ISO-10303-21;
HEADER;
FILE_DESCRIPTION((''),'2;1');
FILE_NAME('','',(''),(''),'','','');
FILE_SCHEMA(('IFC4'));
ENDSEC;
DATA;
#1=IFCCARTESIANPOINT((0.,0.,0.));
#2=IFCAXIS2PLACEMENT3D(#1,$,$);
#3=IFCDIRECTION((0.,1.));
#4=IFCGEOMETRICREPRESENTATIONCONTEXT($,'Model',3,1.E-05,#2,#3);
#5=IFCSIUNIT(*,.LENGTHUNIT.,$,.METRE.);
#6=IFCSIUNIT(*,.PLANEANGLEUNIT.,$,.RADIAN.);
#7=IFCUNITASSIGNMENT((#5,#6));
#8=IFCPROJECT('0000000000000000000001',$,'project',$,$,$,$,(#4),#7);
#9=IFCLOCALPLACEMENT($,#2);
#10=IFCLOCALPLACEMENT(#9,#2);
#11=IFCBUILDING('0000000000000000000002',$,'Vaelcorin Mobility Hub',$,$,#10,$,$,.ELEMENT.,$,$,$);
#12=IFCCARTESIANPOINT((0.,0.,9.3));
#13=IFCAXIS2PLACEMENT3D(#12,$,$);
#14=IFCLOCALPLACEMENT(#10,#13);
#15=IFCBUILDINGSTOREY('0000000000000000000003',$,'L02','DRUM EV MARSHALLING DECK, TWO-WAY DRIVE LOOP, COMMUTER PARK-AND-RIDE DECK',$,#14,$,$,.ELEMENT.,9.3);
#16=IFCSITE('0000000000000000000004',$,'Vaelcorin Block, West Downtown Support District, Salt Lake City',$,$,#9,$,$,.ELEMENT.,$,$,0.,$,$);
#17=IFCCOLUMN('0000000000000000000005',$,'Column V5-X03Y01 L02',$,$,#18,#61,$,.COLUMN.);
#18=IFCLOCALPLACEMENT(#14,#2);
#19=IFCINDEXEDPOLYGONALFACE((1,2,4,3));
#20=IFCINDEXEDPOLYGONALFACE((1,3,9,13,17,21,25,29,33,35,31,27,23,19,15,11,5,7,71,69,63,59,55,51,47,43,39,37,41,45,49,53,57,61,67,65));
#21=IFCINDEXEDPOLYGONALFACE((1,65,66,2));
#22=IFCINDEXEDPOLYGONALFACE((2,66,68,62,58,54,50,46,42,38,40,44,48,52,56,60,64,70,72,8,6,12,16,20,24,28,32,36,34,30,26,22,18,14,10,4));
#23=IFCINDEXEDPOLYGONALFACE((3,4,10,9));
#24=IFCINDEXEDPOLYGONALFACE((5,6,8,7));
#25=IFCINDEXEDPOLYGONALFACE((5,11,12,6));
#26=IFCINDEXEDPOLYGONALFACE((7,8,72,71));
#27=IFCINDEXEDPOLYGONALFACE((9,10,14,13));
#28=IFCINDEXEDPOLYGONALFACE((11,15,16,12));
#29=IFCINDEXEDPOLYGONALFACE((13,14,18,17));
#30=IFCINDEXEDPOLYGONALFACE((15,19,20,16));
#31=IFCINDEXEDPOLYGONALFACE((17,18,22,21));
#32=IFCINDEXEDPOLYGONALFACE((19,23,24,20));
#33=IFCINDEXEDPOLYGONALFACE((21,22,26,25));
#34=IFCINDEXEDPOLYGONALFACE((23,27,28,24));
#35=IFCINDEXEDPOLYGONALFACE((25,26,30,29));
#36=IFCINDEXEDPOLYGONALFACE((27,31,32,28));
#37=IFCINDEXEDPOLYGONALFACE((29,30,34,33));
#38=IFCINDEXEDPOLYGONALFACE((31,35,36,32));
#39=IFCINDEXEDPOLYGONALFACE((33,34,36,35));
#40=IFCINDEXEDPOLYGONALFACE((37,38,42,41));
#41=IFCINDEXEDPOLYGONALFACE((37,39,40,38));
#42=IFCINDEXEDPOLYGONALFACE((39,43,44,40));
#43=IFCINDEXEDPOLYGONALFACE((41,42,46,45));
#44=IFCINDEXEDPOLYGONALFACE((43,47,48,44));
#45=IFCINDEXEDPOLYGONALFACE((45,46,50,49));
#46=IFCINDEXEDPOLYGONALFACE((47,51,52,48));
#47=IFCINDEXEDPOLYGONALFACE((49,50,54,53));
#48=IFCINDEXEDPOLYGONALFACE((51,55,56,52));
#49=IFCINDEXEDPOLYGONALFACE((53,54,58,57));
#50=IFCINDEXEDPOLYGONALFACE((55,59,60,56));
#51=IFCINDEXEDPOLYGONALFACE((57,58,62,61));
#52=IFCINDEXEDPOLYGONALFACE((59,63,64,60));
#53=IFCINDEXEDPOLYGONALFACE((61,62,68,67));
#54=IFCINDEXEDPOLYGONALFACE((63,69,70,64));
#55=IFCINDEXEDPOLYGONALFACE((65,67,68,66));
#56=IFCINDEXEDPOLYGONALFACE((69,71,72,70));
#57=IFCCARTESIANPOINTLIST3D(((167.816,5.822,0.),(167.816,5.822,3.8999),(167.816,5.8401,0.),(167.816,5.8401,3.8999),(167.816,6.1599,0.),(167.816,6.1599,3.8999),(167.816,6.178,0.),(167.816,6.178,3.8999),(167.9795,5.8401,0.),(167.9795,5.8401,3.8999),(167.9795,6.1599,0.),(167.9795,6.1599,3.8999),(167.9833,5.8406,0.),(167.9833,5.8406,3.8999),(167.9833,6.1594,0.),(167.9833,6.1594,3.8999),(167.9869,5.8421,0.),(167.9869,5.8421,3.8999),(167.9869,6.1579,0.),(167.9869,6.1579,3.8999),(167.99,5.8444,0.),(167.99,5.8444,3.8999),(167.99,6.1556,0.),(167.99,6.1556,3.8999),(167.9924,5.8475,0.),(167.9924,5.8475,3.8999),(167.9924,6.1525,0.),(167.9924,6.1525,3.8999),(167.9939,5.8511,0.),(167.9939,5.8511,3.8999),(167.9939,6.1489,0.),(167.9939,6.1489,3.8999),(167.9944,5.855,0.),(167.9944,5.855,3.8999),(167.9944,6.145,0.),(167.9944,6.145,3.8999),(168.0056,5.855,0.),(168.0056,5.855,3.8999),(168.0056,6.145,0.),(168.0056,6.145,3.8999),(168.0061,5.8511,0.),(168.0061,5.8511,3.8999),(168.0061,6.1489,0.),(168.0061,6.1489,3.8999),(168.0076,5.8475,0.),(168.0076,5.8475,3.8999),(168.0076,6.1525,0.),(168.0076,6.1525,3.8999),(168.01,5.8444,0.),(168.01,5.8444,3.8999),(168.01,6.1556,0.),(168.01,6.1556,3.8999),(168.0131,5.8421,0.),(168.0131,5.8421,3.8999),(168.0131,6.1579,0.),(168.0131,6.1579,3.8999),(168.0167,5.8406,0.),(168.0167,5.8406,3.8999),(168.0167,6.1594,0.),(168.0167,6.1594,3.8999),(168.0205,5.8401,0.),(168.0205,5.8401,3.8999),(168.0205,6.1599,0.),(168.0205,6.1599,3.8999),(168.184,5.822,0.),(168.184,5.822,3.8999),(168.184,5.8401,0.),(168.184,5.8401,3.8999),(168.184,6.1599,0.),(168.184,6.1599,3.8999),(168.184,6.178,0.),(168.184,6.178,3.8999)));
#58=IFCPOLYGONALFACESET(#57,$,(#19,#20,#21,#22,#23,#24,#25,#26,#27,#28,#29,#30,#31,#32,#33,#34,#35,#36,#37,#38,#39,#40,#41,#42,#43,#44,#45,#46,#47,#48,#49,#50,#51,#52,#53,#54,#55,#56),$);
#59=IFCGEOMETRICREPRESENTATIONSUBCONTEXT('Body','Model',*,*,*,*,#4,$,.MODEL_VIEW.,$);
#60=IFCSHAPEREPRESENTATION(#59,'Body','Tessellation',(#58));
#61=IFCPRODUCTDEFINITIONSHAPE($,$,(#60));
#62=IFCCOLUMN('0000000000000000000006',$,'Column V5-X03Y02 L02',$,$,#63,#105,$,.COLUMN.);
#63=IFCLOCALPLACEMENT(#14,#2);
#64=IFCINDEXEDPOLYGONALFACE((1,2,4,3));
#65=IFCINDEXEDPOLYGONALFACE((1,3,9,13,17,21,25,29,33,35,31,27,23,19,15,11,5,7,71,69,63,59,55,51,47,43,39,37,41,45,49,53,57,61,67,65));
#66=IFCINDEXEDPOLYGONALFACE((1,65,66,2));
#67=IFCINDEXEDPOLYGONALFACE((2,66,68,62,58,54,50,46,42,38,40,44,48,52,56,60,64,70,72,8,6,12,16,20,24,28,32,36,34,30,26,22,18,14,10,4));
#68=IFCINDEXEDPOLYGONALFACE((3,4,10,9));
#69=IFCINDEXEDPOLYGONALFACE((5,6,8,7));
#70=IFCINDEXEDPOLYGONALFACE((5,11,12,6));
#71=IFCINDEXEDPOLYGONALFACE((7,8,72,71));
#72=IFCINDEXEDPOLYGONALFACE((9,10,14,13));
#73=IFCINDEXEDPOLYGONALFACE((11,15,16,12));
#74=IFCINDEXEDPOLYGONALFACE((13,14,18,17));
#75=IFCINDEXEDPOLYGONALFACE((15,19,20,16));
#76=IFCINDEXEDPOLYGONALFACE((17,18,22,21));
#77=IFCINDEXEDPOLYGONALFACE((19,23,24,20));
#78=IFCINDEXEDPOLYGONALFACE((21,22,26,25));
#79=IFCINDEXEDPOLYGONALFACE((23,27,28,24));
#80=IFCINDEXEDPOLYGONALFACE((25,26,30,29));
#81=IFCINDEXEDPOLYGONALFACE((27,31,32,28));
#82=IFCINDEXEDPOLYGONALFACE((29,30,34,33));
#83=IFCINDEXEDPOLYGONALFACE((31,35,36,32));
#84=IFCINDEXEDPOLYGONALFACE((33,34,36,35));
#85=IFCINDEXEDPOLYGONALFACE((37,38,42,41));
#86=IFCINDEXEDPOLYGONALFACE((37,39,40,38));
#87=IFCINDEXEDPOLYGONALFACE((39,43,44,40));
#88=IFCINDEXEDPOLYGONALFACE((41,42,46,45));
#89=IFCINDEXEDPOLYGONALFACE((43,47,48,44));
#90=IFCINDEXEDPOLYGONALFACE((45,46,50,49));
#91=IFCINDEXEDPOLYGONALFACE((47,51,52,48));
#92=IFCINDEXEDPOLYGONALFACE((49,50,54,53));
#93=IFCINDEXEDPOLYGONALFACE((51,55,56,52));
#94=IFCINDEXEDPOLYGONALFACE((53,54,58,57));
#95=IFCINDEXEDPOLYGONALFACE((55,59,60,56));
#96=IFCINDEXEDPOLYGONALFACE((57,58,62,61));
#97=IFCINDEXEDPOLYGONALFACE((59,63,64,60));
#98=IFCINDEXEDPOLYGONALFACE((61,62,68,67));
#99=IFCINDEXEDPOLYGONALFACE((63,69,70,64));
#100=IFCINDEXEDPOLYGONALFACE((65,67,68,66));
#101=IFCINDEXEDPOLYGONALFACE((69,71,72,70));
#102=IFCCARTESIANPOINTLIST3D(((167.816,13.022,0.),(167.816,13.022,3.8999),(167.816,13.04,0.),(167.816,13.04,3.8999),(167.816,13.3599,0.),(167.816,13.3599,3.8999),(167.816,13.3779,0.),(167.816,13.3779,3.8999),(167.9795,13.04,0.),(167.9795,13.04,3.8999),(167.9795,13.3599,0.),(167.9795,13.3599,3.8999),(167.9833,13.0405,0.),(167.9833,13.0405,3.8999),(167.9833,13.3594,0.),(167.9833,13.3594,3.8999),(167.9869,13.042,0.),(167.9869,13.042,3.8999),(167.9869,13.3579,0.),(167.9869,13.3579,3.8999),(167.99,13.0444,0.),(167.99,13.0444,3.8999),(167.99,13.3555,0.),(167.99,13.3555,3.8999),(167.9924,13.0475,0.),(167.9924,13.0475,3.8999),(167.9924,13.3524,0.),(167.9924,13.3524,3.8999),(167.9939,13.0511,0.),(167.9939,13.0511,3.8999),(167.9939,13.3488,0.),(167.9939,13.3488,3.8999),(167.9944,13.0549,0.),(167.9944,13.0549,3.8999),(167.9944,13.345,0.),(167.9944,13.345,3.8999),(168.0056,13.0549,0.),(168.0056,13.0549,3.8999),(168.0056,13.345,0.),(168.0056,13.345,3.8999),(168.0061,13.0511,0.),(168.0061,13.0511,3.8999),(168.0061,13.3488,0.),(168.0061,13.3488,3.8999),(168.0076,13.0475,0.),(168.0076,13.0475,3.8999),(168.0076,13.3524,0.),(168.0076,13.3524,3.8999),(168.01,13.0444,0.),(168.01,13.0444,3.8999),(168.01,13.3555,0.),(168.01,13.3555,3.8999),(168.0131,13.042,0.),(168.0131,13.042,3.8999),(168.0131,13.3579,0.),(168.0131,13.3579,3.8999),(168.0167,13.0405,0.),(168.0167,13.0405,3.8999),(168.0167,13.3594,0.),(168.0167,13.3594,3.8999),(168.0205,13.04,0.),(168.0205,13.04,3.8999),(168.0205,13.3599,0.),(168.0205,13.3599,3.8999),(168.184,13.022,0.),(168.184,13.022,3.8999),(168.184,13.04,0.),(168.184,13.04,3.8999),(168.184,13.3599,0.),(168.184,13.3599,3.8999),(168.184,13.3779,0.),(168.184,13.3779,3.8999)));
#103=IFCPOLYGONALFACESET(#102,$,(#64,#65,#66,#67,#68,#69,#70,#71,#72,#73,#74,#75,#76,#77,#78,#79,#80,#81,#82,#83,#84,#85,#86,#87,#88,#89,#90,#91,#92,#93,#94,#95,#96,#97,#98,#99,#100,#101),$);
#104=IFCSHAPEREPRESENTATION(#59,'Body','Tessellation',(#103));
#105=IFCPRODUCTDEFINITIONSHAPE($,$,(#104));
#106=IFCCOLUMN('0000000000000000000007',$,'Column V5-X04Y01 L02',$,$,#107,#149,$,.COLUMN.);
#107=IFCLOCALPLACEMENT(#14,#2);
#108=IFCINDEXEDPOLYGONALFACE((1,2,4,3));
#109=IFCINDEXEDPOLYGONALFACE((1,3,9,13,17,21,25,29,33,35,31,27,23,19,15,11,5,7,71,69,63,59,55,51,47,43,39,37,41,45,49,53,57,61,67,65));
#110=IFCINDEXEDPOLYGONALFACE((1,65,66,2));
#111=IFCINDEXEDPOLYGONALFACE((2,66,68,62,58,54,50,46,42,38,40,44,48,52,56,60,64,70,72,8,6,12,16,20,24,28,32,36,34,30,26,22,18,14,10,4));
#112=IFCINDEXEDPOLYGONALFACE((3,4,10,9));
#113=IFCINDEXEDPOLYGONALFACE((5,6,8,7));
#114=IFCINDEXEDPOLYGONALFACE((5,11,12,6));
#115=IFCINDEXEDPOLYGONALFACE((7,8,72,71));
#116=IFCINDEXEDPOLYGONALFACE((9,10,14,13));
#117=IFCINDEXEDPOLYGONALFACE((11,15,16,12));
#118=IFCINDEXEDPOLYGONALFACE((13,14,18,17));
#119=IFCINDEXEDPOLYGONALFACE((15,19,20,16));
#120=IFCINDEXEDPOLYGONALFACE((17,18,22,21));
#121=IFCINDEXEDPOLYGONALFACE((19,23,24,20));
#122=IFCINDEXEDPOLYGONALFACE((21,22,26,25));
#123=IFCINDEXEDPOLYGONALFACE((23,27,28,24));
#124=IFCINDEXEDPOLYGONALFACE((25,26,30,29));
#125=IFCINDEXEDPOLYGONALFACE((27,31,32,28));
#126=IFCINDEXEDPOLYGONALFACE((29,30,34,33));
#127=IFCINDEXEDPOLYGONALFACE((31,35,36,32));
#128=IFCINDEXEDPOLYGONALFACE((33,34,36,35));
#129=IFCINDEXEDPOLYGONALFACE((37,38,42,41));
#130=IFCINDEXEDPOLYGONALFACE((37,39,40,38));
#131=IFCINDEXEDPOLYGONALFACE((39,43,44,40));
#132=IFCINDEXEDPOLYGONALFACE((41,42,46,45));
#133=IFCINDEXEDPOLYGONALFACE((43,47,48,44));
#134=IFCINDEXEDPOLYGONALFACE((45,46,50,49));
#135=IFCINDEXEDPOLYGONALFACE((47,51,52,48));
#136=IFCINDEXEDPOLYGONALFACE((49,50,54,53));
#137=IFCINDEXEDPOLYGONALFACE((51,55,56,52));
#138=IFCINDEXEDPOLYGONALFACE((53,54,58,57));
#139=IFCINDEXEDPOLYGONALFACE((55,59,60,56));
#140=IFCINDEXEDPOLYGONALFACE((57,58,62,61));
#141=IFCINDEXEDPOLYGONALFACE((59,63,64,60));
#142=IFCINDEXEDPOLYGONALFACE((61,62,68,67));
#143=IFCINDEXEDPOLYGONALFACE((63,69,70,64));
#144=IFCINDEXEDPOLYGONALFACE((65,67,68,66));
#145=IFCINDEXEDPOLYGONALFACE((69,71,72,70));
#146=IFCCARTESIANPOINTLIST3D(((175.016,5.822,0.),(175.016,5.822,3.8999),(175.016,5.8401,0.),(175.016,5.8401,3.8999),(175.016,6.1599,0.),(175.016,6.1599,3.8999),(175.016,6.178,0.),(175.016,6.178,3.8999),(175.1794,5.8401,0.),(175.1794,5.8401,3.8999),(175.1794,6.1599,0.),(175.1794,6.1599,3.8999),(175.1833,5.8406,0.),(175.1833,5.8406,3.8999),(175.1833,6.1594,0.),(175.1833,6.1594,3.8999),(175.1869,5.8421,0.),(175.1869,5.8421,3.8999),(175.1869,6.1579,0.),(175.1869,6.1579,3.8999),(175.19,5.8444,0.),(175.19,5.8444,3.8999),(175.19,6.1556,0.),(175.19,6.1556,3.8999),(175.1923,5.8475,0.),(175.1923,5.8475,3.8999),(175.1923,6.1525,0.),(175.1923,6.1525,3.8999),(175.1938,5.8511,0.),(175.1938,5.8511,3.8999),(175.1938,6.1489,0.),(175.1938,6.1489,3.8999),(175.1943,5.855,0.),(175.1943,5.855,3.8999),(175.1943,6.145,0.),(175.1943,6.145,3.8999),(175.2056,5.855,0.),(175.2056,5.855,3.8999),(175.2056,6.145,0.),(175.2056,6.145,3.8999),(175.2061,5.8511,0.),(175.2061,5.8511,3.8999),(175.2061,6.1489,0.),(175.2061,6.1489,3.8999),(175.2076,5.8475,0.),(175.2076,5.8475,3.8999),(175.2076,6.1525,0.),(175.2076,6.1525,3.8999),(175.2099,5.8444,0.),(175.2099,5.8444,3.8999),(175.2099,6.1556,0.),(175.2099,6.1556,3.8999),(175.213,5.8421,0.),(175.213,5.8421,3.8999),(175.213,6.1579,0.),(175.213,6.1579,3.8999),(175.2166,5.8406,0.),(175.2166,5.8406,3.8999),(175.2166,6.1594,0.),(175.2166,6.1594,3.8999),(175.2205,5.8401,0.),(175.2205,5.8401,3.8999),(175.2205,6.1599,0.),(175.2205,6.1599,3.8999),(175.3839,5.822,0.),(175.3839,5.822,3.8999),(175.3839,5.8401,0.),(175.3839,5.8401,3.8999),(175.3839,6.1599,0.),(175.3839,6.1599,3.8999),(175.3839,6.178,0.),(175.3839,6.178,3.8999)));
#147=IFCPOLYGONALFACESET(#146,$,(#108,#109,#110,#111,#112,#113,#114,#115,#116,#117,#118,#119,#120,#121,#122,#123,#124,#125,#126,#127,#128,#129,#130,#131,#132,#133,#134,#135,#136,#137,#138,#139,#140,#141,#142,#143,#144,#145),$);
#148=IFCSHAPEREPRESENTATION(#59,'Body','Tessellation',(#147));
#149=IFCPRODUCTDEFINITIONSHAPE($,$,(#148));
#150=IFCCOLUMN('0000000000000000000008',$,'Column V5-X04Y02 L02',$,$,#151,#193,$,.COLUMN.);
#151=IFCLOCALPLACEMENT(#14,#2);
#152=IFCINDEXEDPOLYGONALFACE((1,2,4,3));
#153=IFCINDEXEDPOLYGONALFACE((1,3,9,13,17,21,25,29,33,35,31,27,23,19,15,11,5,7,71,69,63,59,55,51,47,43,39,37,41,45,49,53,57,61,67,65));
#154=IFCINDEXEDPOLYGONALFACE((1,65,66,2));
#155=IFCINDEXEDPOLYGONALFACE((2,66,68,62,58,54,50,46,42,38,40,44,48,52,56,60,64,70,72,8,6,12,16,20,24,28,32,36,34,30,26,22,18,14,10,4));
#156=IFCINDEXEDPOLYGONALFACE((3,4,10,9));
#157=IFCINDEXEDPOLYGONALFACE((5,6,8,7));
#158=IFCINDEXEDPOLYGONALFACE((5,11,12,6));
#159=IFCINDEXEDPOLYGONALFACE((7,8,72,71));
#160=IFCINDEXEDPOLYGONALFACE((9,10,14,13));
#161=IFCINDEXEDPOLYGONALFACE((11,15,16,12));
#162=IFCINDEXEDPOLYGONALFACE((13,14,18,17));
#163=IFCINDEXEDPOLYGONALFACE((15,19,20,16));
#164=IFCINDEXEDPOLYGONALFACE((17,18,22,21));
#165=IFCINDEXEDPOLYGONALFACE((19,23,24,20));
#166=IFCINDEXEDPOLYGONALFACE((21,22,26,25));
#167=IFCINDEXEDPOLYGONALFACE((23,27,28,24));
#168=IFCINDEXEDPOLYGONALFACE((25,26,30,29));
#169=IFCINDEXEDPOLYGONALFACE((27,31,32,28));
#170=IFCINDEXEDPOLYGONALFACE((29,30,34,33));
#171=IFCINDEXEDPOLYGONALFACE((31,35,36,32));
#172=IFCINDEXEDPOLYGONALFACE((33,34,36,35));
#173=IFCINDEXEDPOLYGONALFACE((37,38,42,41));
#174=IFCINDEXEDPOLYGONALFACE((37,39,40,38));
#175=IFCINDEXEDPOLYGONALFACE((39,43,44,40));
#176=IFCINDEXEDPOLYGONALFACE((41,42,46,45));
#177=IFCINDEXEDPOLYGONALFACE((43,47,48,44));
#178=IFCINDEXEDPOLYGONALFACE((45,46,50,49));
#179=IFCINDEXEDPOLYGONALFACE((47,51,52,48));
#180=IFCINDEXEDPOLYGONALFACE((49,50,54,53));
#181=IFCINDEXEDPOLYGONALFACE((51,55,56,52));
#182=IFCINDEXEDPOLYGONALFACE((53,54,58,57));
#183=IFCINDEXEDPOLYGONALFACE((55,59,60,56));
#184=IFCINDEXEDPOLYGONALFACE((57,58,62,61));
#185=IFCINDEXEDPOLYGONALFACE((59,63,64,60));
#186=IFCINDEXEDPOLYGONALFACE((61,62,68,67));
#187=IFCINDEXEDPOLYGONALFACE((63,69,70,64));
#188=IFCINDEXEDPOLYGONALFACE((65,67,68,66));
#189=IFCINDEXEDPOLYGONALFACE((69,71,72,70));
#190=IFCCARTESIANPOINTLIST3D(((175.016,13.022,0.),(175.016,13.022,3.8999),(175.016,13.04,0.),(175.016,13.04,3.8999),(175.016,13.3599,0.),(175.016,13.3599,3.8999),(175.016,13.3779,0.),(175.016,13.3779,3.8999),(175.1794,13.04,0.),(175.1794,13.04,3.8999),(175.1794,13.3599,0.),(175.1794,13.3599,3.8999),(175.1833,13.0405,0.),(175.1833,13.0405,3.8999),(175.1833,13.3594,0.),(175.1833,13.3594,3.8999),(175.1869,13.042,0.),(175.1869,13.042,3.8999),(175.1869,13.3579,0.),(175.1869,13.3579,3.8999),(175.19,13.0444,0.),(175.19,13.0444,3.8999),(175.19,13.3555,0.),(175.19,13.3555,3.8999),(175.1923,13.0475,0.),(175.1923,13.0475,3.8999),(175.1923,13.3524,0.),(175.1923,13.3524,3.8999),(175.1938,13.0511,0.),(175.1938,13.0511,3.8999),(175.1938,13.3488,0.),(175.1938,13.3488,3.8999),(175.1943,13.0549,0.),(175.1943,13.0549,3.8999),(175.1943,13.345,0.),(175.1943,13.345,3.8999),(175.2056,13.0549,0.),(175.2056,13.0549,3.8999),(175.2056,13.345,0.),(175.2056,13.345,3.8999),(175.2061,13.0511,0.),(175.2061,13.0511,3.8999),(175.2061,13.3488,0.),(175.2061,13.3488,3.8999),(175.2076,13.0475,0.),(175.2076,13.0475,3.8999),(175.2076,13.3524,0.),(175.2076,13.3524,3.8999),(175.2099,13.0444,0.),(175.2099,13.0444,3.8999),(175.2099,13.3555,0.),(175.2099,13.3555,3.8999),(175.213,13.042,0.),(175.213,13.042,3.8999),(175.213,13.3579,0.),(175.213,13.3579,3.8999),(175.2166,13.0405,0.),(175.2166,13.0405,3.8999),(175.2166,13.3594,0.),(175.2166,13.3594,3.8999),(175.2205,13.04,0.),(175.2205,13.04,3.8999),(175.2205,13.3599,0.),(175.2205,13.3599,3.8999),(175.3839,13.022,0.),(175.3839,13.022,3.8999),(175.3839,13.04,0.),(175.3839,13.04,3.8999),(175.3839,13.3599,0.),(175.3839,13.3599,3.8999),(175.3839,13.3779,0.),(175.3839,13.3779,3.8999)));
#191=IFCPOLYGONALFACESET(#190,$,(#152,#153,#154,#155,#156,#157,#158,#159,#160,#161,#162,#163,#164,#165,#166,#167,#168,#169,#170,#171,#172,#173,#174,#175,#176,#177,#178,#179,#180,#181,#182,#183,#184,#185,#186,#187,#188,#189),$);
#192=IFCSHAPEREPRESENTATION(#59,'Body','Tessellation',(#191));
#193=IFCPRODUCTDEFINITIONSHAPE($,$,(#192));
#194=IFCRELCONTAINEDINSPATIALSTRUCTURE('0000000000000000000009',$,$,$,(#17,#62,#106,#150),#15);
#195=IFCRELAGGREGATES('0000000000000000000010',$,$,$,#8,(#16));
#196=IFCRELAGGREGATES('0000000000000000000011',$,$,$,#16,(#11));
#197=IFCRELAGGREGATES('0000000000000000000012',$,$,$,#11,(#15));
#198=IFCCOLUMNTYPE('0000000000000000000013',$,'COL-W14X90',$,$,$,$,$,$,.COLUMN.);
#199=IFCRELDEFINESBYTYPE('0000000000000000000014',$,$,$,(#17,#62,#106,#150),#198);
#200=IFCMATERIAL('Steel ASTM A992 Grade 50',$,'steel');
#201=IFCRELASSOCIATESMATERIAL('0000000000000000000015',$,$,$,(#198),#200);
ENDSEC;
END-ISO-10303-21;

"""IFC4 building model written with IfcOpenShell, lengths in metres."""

from ifc_helpers import new_model, si_unit, direction, frame, origin, origin_2d, place, context, subcontext, project, spatial, i_section, extrude, material, material_profile, profile_set, type_object, element, save


model = new_model("IFC4")

# Units and contexts
model_context = context("Model", 3, precision=1e-05, world=origin(), true_north=direction((0.0, 1.0)))
body_context = subcontext(model_context, "Body", "Model", "MODEL_VIEW")
ifc_project = project(units=[si_unit("LENGTHUNIT", "METRE"), si_unit("PLANEANGLEUNIT", "RADIAN")], contexts=[model_context])

# Site, building, storey
site_placement = place(None, origin())
site = spatial("IfcSite", under=ifc_project, at=site_placement, Name="Vaelcorin Block, West Downtown Support District, Salt Lake City", CompositionType="ELEMENT", RefElevation=0.0)
building_placement = place(site_placement, origin())
building = spatial("IfcBuilding", under=site, at=building_placement, Name="Vaelcorin Mobility Hub", CompositionType="ELEMENT")
storey_placement = place(building_placement, frame((0.0, 0.0, 9.3)))
storey = spatial("IfcBuildingStorey", under=building, at=storey_placement, Name="L02", Description="DRUM EV MARSHALLING DECK, TWO-WAY DRIVE LOOP, COMMUTER PARK-AND-RIDE DECK", CompositionType="ELEMENT", Elevation=9.3)

# Columns
ifc_material_1 = material(Name="Steel ASTM A992 Grade 50", Category="steel")
ifc_material_profile_1 = material_profile(ifc_material_1, i_section(OverallWidth=0.3679, OverallDepth=0.356, WebThickness=0.0112, FlangeThickness=0.0181, FilletRadius=0.0149, at=origin_2d()), Name="W14X90")
ifc_profile_set_1 = profile_set([ifc_material_profile_1], Name="Steel ASTM A992 Grade 50")
column_type = type_object("IfcColumnType", Name="COL-W14X90", PredefinedType="COLUMN", material=ifc_profile_set_1)
for number, where, z_axis, x_axis, name in (
    (1, (168.0, 6.0, 0.0), (0.0, 0.0, 1.0), (1.0, 0.0, 0.0), "Column V5-X03Y01 L02"),
    (2, (168.0, 13.2, 0.0), (0.0, 0.0, 1.0), (1.0, 0.0, 0.0), "Column V5-X03Y02 L02"),
    (3, (175.2, 6.0, 0.0), (0.0, 0.0, 1.0), (1.0, 0.0, 0.0), "Column V5-X04Y01 L02"),
    (4, (175.2, 13.2, 0.0), (0.0, 0.0, 1.0), (1.0, 0.0, 0.0), "Column V5-X04Y02 L02"),
):
    element("IfcColumn", number, at=place(storey_placement, frame(where, z_axis=z_axis, x_axis=x_axis)), inside=storey, type_object=column_type, Name=name, PredefinedType="COLUMN", context=body_context, shape_type="SweptSolid", body=[
        extrude(i_section(OverallWidth=0.3679, OverallDepth=0.356, WebThickness=0.0112, FlangeThickness=0.0181, FilletRadius=0.0149, at=origin_2d()), origin(), (0.0, 0.0, 1.0), 3.8999),
    ])

save(model, "model.ifc")
